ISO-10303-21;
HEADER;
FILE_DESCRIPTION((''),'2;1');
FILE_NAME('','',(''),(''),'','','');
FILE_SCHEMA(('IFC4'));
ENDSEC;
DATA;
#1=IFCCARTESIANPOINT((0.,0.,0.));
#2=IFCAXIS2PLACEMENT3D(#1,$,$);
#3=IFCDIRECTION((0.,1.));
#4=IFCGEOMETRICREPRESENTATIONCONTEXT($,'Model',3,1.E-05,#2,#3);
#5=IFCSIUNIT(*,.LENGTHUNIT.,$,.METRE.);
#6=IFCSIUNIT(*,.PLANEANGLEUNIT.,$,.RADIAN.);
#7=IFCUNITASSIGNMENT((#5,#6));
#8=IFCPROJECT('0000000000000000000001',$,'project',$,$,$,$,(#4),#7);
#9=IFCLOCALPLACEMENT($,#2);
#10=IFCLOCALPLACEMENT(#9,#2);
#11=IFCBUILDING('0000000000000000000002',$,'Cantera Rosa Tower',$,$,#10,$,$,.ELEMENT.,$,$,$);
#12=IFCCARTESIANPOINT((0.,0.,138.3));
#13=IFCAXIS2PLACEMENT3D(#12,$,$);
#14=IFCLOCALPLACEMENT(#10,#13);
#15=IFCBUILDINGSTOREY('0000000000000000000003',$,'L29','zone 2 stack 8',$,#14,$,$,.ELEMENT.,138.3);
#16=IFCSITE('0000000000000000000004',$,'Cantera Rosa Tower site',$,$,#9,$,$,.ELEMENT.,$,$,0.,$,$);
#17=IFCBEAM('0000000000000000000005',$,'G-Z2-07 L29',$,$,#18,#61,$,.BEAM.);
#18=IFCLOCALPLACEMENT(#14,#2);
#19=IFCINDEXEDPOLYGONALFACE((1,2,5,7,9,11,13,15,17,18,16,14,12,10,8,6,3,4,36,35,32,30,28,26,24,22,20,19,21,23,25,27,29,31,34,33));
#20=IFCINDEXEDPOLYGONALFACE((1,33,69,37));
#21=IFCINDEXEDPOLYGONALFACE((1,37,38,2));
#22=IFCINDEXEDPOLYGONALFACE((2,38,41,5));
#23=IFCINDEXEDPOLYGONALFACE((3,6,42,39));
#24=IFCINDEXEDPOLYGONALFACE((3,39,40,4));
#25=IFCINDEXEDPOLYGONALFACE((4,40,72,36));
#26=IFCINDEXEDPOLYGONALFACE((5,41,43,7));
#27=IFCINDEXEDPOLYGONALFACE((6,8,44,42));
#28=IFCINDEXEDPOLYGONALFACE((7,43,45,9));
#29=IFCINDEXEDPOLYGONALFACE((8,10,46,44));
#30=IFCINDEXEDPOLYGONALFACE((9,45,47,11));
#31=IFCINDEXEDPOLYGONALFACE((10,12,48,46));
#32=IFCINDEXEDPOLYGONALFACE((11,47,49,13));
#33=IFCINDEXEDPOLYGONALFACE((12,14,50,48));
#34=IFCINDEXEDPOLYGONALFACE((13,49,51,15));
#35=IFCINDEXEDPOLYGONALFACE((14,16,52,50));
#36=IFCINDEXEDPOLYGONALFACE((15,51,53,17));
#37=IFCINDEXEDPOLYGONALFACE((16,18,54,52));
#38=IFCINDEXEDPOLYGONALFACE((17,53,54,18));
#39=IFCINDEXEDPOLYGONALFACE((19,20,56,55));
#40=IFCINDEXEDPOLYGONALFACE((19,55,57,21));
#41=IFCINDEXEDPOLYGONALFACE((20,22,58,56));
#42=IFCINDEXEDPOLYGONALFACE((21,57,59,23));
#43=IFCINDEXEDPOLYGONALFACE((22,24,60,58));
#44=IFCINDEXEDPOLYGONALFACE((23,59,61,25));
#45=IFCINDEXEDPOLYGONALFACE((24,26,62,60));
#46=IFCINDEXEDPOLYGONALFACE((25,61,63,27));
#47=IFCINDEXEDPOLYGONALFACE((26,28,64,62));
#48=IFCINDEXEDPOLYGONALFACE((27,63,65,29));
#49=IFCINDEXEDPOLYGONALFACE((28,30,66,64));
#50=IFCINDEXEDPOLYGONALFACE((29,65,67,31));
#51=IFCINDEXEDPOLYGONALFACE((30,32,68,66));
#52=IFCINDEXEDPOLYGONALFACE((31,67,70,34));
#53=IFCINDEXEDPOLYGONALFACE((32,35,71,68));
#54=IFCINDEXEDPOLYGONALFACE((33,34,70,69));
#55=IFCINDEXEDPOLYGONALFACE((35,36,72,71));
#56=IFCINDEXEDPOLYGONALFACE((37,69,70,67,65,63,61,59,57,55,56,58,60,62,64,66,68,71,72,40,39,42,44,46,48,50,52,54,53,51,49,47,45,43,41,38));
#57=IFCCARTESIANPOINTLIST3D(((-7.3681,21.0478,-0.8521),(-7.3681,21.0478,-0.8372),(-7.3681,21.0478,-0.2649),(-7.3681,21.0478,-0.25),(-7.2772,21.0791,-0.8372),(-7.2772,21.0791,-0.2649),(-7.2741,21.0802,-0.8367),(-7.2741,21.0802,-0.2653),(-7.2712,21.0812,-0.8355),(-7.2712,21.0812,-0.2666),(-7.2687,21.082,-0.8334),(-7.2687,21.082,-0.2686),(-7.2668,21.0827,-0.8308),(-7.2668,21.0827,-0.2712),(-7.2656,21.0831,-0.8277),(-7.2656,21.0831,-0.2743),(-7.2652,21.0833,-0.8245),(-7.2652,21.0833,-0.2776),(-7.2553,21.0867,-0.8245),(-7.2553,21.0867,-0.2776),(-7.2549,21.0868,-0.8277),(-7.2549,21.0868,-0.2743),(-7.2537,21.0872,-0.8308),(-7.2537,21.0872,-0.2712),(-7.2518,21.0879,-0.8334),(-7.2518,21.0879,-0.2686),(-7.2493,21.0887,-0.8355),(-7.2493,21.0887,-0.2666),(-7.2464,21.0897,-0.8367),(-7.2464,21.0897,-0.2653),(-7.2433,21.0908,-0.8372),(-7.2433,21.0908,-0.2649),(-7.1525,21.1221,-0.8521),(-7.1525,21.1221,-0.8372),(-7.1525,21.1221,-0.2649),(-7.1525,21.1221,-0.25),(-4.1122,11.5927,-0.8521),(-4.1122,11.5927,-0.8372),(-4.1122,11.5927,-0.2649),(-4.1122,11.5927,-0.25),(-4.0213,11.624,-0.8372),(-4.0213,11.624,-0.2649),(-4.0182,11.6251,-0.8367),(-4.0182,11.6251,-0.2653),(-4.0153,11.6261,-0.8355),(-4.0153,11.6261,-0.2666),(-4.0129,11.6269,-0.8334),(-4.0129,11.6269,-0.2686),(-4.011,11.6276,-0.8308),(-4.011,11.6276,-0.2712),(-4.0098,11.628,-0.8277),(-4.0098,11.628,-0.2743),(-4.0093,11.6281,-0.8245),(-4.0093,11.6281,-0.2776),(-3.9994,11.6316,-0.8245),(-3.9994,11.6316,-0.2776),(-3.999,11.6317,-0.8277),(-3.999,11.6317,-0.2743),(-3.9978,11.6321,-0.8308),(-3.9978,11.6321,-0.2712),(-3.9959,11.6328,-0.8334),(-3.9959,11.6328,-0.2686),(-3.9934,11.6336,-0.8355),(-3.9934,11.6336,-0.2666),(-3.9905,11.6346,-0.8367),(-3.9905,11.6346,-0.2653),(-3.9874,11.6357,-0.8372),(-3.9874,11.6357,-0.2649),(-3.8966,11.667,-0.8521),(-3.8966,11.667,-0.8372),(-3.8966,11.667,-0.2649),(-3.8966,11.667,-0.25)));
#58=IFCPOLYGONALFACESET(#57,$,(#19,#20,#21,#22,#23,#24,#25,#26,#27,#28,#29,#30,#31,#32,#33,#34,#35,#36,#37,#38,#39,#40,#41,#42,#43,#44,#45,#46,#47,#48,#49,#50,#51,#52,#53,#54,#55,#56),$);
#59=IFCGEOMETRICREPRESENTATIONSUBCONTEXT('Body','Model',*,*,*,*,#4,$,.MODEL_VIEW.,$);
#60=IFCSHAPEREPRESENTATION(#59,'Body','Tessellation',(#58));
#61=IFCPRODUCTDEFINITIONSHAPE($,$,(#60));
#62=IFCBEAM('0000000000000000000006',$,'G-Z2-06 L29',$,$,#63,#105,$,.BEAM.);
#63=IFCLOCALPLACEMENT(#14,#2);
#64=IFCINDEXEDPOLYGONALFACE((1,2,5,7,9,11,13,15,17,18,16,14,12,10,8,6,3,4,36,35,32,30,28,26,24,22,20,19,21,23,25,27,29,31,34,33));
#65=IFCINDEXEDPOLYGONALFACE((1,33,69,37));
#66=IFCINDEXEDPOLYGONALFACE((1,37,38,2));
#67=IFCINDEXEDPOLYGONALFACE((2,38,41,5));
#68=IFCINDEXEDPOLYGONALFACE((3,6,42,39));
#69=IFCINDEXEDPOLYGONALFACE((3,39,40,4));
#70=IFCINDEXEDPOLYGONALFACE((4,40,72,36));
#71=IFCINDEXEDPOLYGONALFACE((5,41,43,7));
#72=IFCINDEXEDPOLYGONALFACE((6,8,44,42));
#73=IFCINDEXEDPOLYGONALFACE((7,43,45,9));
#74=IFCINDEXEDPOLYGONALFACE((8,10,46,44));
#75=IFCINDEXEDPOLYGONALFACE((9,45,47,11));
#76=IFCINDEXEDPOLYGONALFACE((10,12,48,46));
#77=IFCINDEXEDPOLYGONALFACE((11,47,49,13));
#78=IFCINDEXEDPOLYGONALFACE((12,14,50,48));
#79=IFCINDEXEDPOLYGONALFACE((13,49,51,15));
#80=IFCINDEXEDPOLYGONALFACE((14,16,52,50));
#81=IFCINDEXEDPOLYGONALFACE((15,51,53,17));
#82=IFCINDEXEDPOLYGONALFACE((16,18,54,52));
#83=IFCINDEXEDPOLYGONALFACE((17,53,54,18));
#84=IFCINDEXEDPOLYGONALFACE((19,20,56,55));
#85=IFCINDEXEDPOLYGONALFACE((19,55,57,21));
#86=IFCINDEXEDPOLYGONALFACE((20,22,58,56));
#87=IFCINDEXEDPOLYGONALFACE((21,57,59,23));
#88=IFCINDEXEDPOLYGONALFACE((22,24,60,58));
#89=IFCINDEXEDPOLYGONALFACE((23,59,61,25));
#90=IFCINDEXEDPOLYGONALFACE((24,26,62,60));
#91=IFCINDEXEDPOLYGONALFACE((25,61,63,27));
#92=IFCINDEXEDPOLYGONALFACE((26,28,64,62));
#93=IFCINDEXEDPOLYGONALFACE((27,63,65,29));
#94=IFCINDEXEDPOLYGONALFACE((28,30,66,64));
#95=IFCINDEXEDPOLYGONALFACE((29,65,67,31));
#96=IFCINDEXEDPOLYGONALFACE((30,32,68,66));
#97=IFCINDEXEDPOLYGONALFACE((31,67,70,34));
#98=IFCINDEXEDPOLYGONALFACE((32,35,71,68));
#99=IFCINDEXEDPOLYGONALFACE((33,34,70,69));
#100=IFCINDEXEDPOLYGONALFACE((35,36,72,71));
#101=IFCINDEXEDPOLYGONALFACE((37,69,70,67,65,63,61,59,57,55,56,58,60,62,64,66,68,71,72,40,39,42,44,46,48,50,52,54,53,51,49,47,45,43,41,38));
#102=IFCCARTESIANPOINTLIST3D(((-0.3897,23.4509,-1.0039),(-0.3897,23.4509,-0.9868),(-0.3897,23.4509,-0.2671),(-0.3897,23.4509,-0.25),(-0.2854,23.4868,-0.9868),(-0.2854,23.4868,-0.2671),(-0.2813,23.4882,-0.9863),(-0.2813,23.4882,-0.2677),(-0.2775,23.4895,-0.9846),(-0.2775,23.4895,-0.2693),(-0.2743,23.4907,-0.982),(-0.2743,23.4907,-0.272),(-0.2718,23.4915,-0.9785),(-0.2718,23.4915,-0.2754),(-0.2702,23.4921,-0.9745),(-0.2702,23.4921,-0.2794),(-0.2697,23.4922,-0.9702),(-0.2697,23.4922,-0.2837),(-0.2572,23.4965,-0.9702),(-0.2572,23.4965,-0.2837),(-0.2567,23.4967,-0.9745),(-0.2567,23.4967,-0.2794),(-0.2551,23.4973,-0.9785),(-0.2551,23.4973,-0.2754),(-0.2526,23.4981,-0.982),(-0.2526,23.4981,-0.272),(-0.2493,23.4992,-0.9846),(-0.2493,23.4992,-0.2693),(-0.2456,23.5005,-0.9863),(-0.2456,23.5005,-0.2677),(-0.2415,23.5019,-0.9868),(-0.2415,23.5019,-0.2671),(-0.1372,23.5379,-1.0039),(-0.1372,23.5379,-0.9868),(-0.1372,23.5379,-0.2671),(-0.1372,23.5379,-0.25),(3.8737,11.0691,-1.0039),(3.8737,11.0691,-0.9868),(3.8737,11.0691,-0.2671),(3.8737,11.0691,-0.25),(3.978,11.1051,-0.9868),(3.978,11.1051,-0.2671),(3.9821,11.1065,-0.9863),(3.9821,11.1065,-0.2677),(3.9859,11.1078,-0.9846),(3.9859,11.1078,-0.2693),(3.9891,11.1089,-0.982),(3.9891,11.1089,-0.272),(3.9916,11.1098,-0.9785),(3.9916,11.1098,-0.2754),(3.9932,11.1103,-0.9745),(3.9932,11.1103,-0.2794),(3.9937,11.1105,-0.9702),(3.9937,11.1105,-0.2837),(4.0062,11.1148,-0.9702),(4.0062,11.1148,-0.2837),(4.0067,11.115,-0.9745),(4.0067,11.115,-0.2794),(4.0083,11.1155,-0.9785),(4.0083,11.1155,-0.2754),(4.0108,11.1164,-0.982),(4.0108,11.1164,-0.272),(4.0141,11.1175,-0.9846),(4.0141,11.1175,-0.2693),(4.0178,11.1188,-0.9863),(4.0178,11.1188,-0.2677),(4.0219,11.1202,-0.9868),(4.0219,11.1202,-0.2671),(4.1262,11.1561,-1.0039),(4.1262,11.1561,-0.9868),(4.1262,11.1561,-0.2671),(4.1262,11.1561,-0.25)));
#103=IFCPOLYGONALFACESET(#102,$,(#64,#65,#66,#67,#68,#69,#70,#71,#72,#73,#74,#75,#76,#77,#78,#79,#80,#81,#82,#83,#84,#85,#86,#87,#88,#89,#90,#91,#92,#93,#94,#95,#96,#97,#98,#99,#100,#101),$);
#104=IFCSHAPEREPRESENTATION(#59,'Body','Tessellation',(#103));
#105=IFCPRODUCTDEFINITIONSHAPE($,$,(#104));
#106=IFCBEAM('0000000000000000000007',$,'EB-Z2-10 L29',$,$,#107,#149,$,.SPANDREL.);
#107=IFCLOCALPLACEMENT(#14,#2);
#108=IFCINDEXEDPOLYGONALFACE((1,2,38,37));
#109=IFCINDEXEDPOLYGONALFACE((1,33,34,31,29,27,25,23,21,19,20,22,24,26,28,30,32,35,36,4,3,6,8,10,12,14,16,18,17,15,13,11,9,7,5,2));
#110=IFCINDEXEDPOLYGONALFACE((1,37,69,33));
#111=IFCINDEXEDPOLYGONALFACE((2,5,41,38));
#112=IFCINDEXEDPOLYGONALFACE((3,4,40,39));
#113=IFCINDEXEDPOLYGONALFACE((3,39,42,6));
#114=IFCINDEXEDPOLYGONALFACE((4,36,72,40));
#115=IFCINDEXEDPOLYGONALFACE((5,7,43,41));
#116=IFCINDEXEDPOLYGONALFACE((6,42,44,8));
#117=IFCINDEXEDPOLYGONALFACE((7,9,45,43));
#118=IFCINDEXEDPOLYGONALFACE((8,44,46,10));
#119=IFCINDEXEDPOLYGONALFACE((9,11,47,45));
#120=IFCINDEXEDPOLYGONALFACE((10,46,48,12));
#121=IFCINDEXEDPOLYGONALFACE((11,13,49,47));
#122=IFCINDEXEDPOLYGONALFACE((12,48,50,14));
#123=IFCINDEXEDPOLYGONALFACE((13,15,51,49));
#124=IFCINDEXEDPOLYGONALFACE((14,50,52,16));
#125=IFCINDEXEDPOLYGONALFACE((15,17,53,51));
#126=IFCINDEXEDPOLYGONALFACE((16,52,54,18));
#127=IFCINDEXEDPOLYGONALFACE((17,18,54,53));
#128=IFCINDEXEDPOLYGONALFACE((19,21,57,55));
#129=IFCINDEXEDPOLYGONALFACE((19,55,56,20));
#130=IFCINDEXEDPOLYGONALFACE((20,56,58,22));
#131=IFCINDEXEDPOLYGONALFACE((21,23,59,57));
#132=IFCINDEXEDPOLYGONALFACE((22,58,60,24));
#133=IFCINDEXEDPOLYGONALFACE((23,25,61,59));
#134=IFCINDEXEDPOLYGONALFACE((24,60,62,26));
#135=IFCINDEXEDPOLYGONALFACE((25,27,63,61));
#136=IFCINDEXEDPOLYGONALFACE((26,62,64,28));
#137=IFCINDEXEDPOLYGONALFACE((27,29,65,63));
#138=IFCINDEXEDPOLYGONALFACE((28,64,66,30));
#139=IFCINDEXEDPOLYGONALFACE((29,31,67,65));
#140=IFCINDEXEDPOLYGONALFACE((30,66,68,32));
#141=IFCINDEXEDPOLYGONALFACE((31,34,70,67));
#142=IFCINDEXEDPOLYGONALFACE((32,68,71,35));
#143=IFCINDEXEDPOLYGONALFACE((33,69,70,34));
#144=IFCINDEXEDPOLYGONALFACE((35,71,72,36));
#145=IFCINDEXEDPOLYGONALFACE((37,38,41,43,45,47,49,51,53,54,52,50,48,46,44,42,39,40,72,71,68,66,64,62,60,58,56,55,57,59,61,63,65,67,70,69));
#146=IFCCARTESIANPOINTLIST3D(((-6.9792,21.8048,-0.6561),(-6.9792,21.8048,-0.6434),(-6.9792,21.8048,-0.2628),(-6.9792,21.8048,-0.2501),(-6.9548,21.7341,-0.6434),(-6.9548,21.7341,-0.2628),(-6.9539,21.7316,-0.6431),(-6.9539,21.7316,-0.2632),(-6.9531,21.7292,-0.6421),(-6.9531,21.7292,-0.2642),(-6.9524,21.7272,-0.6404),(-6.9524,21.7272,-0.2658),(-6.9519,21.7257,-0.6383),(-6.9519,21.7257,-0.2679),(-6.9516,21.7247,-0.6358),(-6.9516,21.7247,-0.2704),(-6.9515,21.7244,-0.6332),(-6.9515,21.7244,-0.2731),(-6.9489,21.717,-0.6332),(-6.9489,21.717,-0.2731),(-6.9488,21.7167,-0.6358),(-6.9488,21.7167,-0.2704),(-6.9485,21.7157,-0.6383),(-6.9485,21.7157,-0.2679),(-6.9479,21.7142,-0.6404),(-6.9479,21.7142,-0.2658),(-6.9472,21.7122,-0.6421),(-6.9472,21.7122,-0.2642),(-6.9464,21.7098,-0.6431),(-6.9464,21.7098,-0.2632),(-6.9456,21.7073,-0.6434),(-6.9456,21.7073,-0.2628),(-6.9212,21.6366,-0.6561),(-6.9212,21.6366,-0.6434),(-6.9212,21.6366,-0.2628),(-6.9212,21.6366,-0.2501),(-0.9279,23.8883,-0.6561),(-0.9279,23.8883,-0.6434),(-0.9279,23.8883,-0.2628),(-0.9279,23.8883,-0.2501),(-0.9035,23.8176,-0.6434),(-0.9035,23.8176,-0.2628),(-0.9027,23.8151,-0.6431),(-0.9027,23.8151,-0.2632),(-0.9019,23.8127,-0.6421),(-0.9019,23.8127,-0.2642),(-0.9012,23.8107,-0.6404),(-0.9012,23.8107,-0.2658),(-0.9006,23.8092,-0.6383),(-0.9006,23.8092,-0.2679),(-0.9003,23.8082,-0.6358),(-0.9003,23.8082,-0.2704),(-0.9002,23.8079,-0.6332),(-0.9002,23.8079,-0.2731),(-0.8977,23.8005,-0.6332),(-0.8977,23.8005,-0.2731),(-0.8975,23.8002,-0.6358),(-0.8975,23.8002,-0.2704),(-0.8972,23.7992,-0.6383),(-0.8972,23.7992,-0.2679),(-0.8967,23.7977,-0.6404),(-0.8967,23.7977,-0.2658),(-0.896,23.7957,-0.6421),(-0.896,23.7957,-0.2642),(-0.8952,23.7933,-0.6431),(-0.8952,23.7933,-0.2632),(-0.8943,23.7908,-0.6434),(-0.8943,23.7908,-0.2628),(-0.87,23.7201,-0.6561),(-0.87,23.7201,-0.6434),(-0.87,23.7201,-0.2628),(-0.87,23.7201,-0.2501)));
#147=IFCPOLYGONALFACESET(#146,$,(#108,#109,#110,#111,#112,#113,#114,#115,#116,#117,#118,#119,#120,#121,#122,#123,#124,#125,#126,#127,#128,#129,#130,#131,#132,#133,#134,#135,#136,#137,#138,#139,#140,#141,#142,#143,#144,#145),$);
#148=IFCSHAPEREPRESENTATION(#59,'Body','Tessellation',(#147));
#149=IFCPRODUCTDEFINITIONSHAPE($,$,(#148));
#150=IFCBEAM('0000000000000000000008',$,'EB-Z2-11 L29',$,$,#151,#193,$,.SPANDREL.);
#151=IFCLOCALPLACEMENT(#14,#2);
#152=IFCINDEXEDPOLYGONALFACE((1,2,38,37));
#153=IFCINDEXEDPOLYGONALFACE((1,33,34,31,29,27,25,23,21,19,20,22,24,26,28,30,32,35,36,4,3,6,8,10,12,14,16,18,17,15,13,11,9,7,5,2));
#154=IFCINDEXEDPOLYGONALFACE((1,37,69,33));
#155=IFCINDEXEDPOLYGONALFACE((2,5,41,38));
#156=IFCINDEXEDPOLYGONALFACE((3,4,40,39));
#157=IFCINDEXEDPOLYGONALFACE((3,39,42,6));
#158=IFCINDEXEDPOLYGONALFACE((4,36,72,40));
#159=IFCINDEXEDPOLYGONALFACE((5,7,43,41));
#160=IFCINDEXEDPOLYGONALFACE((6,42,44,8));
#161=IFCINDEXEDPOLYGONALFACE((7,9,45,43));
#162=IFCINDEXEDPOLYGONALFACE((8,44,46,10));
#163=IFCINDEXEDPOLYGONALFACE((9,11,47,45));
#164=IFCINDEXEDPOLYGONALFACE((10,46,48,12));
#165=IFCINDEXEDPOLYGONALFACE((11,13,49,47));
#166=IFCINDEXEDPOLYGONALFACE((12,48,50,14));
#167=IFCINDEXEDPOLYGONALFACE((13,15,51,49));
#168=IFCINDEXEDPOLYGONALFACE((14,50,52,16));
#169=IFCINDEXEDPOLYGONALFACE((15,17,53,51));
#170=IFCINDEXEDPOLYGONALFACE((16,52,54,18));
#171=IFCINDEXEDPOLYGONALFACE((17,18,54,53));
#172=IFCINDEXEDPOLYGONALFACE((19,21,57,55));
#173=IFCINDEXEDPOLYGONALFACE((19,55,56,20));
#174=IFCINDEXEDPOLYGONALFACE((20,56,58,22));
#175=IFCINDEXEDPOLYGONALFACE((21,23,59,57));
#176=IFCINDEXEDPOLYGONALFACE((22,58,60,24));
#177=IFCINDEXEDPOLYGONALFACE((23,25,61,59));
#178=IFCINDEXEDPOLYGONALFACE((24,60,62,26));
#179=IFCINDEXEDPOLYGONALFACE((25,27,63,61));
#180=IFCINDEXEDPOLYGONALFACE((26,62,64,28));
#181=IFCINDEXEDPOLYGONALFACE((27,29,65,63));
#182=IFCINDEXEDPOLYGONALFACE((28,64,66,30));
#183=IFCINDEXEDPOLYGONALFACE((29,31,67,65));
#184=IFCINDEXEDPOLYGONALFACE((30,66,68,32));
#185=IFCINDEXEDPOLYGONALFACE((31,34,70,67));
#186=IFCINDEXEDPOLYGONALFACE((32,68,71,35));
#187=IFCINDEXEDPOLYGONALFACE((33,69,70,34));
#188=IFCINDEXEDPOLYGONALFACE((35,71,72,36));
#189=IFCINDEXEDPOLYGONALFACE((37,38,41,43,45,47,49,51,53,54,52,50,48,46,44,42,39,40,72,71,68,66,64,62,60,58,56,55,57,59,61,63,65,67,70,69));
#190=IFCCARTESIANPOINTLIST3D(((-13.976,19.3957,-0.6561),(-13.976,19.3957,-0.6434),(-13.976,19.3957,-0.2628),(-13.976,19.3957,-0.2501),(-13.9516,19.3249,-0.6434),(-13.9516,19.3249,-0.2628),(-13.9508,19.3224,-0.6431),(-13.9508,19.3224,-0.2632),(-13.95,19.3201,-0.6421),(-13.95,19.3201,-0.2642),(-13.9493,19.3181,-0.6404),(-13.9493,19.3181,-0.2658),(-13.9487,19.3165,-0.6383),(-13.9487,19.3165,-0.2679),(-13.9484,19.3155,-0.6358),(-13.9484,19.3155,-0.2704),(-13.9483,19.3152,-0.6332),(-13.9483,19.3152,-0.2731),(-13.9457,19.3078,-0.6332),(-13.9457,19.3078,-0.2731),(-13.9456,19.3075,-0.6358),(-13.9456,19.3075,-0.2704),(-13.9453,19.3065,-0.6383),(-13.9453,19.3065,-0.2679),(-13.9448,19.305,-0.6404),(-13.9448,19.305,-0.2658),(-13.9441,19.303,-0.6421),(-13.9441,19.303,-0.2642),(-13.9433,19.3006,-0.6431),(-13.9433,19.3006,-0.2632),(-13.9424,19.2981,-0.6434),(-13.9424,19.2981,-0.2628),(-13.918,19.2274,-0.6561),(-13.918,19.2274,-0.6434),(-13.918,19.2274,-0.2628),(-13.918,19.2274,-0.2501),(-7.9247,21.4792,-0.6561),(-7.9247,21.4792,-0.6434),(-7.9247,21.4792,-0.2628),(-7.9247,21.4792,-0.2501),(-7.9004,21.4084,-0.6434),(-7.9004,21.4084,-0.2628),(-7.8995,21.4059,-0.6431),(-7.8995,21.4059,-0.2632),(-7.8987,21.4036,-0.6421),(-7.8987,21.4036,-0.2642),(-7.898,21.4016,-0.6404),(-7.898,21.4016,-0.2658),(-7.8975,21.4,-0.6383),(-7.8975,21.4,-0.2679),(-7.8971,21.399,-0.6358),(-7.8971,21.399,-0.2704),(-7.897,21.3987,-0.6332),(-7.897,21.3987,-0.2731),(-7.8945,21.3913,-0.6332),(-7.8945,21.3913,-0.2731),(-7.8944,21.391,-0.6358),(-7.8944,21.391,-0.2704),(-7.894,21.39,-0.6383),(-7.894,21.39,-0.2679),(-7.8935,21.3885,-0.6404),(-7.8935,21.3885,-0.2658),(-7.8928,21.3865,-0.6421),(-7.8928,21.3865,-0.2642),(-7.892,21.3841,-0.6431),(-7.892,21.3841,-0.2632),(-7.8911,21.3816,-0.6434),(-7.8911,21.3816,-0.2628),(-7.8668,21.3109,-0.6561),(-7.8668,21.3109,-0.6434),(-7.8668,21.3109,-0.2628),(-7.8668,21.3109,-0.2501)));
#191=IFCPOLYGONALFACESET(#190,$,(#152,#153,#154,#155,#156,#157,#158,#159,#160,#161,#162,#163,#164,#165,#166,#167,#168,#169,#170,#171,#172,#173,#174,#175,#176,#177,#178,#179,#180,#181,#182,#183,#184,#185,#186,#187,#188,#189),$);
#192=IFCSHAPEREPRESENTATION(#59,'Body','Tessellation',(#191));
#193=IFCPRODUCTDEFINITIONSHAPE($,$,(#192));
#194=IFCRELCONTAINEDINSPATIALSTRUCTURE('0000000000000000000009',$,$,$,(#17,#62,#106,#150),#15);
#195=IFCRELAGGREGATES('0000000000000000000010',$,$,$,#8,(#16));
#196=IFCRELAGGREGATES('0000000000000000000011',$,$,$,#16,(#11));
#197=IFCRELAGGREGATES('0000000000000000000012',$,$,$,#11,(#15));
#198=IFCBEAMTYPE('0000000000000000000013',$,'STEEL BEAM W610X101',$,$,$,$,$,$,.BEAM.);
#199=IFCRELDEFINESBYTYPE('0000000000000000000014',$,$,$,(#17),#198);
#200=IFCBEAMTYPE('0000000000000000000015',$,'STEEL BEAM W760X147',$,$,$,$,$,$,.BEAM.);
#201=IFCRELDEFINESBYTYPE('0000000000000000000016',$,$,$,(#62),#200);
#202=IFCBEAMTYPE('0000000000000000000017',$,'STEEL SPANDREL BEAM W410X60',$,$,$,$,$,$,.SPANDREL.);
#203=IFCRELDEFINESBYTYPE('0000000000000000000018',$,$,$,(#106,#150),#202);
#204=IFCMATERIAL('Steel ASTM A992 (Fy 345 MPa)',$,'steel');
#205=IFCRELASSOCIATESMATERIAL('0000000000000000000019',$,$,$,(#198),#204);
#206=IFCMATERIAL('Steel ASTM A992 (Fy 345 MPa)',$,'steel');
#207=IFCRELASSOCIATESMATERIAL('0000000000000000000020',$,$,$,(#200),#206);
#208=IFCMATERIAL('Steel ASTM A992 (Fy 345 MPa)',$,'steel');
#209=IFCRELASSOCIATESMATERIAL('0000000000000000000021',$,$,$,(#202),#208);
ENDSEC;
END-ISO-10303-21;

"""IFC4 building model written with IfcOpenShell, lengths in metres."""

from ifc_helpers import new_model, si_unit, direction, frame, origin, origin_2d, place, context, subcontext, project, spatial, i_section, extrude, material, material_profile, profile_set, type_object, element, save


model = new_model("IFC4")

# Units and contexts
model_context = context("Model", 3, precision=1e-05, world=origin(), true_north=direction((0.0, 1.0)))
body_context = subcontext(model_context, "Body", "Model", "MODEL_VIEW")
ifc_project = project(units=[si_unit("LENGTHUNIT", "METRE"), si_unit("PLANEANGLEUNIT", "RADIAN")], contexts=[model_context])

# Site, building, storey
site_placement = place(None, origin())
site = spatial("IfcSite", under=ifc_project, at=site_placement, Name="Cantera Rosa Tower site", CompositionType="ELEMENT", RefElevation=0.0)
building_placement = place(site_placement, origin())
building = spatial("IfcBuilding", under=site, at=building_placement, Name="Cantera Rosa Tower", CompositionType="ELEMENT")
storey_placement = place(building_placement, frame((0.0, 0.0, 138.3)))
storey = spatial("IfcBuildingStorey", under=building, at=storey_placement, Name="L29", Description="zone 2 stack 8", CompositionType="ELEMENT", Elevation=138.3)

# Beams
ifc_material_1 = material(Name="Steel ASTM A992 (Fy 345 MPa)", Category="steel")
ifc_material_profile_1 = material_profile(ifc_material_1, i_section(OverallWidth=0.228, OverallDepth=0.6021, WebThickness=0.0105, FlangeThickness=0.0149, FilletRadius=0.0127, at=origin_2d()), Name="W610X101")
ifc_profile_set_1 = profile_set([ifc_material_profile_1], Name="Steel ASTM A992 (Fy 345 MPa)")
beam_type_1 = type_object("IfcBeamType", Name="STEEL BEAM W610X101", PredefinedType="BEAM", material=ifc_profile_set_1)
beam_1_placement = place(storey_placement, frame((-7.2603, 21.085, -0.551), z_axis=(0.325587, -0.945512, 0.0), x_axis=(0.945512, 0.325587, 0.0)))
element("IfcBeam", 1, at=beam_1_placement, inside=storey, type_object=beam_type_1, Name="G-Z2-07 L29", PredefinedType="BEAM", context=body_context, shape_type="SweptSolid", body=[
    extrude(i_section(OverallWidth=0.228, OverallDepth=0.6021, WebThickness=0.0105, FlangeThickness=0.0149, FilletRadius=0.0127, at=origin_2d()), origin(), (0.0, 0.0, 1.0), 10.0),
])
ifc_material_2 = material(Name="Steel ASTM A992 (Fy 345 MPa)", Category="steel")
ifc_material_profile_2 = material_profile(ifc_material_2, i_section(OverallWidth=0.2671, OverallDepth=0.7539, WebThickness=0.0132, FlangeThickness=0.0171, FilletRadius=0.0166, at=origin_2d()), Name="W760X147")
ifc_profile_set_2 = profile_set([ifc_material_profile_2], Name="Steel ASTM A992 (Fy 345 MPa)")
beam_type_2 = type_object("IfcBeamType", Name="STEEL BEAM W760X147", PredefinedType="BEAM", material=ifc_profile_set_2)
beam_2_placement = place(storey_placement, frame((-0.2634, 23.4944, -0.627), z_axis=(0.32557, -0.945518, 0.0), x_axis=(0.945518, 0.32557, 0.0)))
element("IfcBeam", 2, at=beam_2_placement, inside=storey, type_object=beam_type_2, Name="G-Z2-06 L29", PredefinedType="BEAM", context=body_context, shape_type="SweptSolid", body=[
    extrude(i_section(OverallWidth=0.2671, OverallDepth=0.7539, WebThickness=0.0132, FlangeThickness=0.0171, FilletRadius=0.0166, at=origin_2d()), origin(), (0.0, 0.0, 1.0), 13.0952),
])
ifc_material_3 = material(Name="Steel ASTM A992 (Fy 345 MPa)", Category="steel")
ifc_material_profile_3 = material_profile(ifc_material_3, i_section(OverallWidth=0.178, OverallDepth=0.406, WebThickness=0.0078, FlangeThickness=0.0127, FilletRadius=0.0103, at=origin_2d()), Name="W410X60")
ifc_profile_set_3 = profile_set([ifc_material_profile_3], Name="Steel ASTM A992 (Fy 345 MPa)")
beam_type_3 = type_object("IfcBeamType", Name="STEEL SPANDREL BEAM W410X60", PredefinedType="SPANDREL", material=ifc_profile_set_3)
for number, where, z_axis, x_axis, name in (
    (3, (-0.8989, 23.8042, -0.4531), (-0.945524, -0.325551, 0.0), (0.325551, -0.945524, 0.0), "EB-Z2-10 L29"),
    (4, (-7.8958, 21.395, -0.4531), (-0.945524, -0.325551, 0.0), (0.325551, -0.945524, 0.0), "EB-Z2-11 L29"),
):
    element("IfcBeam", number, at=place(storey_placement, frame(where, z_axis=z_axis, x_axis=x_axis)), inside=storey, type_object=beam_type_3, Name=name, PredefinedType="SPANDREL", context=body_context, shape_type="SweptSolid", body=[
        extrude(i_section(OverallWidth=0.178, OverallDepth=0.406, WebThickness=0.0078, FlangeThickness=0.0127, FilletRadius=0.0103, at=origin_2d()), origin(), (0.0, 0.0, 1.0), 6.3999),
    ])

save(model, "model.ifc")
